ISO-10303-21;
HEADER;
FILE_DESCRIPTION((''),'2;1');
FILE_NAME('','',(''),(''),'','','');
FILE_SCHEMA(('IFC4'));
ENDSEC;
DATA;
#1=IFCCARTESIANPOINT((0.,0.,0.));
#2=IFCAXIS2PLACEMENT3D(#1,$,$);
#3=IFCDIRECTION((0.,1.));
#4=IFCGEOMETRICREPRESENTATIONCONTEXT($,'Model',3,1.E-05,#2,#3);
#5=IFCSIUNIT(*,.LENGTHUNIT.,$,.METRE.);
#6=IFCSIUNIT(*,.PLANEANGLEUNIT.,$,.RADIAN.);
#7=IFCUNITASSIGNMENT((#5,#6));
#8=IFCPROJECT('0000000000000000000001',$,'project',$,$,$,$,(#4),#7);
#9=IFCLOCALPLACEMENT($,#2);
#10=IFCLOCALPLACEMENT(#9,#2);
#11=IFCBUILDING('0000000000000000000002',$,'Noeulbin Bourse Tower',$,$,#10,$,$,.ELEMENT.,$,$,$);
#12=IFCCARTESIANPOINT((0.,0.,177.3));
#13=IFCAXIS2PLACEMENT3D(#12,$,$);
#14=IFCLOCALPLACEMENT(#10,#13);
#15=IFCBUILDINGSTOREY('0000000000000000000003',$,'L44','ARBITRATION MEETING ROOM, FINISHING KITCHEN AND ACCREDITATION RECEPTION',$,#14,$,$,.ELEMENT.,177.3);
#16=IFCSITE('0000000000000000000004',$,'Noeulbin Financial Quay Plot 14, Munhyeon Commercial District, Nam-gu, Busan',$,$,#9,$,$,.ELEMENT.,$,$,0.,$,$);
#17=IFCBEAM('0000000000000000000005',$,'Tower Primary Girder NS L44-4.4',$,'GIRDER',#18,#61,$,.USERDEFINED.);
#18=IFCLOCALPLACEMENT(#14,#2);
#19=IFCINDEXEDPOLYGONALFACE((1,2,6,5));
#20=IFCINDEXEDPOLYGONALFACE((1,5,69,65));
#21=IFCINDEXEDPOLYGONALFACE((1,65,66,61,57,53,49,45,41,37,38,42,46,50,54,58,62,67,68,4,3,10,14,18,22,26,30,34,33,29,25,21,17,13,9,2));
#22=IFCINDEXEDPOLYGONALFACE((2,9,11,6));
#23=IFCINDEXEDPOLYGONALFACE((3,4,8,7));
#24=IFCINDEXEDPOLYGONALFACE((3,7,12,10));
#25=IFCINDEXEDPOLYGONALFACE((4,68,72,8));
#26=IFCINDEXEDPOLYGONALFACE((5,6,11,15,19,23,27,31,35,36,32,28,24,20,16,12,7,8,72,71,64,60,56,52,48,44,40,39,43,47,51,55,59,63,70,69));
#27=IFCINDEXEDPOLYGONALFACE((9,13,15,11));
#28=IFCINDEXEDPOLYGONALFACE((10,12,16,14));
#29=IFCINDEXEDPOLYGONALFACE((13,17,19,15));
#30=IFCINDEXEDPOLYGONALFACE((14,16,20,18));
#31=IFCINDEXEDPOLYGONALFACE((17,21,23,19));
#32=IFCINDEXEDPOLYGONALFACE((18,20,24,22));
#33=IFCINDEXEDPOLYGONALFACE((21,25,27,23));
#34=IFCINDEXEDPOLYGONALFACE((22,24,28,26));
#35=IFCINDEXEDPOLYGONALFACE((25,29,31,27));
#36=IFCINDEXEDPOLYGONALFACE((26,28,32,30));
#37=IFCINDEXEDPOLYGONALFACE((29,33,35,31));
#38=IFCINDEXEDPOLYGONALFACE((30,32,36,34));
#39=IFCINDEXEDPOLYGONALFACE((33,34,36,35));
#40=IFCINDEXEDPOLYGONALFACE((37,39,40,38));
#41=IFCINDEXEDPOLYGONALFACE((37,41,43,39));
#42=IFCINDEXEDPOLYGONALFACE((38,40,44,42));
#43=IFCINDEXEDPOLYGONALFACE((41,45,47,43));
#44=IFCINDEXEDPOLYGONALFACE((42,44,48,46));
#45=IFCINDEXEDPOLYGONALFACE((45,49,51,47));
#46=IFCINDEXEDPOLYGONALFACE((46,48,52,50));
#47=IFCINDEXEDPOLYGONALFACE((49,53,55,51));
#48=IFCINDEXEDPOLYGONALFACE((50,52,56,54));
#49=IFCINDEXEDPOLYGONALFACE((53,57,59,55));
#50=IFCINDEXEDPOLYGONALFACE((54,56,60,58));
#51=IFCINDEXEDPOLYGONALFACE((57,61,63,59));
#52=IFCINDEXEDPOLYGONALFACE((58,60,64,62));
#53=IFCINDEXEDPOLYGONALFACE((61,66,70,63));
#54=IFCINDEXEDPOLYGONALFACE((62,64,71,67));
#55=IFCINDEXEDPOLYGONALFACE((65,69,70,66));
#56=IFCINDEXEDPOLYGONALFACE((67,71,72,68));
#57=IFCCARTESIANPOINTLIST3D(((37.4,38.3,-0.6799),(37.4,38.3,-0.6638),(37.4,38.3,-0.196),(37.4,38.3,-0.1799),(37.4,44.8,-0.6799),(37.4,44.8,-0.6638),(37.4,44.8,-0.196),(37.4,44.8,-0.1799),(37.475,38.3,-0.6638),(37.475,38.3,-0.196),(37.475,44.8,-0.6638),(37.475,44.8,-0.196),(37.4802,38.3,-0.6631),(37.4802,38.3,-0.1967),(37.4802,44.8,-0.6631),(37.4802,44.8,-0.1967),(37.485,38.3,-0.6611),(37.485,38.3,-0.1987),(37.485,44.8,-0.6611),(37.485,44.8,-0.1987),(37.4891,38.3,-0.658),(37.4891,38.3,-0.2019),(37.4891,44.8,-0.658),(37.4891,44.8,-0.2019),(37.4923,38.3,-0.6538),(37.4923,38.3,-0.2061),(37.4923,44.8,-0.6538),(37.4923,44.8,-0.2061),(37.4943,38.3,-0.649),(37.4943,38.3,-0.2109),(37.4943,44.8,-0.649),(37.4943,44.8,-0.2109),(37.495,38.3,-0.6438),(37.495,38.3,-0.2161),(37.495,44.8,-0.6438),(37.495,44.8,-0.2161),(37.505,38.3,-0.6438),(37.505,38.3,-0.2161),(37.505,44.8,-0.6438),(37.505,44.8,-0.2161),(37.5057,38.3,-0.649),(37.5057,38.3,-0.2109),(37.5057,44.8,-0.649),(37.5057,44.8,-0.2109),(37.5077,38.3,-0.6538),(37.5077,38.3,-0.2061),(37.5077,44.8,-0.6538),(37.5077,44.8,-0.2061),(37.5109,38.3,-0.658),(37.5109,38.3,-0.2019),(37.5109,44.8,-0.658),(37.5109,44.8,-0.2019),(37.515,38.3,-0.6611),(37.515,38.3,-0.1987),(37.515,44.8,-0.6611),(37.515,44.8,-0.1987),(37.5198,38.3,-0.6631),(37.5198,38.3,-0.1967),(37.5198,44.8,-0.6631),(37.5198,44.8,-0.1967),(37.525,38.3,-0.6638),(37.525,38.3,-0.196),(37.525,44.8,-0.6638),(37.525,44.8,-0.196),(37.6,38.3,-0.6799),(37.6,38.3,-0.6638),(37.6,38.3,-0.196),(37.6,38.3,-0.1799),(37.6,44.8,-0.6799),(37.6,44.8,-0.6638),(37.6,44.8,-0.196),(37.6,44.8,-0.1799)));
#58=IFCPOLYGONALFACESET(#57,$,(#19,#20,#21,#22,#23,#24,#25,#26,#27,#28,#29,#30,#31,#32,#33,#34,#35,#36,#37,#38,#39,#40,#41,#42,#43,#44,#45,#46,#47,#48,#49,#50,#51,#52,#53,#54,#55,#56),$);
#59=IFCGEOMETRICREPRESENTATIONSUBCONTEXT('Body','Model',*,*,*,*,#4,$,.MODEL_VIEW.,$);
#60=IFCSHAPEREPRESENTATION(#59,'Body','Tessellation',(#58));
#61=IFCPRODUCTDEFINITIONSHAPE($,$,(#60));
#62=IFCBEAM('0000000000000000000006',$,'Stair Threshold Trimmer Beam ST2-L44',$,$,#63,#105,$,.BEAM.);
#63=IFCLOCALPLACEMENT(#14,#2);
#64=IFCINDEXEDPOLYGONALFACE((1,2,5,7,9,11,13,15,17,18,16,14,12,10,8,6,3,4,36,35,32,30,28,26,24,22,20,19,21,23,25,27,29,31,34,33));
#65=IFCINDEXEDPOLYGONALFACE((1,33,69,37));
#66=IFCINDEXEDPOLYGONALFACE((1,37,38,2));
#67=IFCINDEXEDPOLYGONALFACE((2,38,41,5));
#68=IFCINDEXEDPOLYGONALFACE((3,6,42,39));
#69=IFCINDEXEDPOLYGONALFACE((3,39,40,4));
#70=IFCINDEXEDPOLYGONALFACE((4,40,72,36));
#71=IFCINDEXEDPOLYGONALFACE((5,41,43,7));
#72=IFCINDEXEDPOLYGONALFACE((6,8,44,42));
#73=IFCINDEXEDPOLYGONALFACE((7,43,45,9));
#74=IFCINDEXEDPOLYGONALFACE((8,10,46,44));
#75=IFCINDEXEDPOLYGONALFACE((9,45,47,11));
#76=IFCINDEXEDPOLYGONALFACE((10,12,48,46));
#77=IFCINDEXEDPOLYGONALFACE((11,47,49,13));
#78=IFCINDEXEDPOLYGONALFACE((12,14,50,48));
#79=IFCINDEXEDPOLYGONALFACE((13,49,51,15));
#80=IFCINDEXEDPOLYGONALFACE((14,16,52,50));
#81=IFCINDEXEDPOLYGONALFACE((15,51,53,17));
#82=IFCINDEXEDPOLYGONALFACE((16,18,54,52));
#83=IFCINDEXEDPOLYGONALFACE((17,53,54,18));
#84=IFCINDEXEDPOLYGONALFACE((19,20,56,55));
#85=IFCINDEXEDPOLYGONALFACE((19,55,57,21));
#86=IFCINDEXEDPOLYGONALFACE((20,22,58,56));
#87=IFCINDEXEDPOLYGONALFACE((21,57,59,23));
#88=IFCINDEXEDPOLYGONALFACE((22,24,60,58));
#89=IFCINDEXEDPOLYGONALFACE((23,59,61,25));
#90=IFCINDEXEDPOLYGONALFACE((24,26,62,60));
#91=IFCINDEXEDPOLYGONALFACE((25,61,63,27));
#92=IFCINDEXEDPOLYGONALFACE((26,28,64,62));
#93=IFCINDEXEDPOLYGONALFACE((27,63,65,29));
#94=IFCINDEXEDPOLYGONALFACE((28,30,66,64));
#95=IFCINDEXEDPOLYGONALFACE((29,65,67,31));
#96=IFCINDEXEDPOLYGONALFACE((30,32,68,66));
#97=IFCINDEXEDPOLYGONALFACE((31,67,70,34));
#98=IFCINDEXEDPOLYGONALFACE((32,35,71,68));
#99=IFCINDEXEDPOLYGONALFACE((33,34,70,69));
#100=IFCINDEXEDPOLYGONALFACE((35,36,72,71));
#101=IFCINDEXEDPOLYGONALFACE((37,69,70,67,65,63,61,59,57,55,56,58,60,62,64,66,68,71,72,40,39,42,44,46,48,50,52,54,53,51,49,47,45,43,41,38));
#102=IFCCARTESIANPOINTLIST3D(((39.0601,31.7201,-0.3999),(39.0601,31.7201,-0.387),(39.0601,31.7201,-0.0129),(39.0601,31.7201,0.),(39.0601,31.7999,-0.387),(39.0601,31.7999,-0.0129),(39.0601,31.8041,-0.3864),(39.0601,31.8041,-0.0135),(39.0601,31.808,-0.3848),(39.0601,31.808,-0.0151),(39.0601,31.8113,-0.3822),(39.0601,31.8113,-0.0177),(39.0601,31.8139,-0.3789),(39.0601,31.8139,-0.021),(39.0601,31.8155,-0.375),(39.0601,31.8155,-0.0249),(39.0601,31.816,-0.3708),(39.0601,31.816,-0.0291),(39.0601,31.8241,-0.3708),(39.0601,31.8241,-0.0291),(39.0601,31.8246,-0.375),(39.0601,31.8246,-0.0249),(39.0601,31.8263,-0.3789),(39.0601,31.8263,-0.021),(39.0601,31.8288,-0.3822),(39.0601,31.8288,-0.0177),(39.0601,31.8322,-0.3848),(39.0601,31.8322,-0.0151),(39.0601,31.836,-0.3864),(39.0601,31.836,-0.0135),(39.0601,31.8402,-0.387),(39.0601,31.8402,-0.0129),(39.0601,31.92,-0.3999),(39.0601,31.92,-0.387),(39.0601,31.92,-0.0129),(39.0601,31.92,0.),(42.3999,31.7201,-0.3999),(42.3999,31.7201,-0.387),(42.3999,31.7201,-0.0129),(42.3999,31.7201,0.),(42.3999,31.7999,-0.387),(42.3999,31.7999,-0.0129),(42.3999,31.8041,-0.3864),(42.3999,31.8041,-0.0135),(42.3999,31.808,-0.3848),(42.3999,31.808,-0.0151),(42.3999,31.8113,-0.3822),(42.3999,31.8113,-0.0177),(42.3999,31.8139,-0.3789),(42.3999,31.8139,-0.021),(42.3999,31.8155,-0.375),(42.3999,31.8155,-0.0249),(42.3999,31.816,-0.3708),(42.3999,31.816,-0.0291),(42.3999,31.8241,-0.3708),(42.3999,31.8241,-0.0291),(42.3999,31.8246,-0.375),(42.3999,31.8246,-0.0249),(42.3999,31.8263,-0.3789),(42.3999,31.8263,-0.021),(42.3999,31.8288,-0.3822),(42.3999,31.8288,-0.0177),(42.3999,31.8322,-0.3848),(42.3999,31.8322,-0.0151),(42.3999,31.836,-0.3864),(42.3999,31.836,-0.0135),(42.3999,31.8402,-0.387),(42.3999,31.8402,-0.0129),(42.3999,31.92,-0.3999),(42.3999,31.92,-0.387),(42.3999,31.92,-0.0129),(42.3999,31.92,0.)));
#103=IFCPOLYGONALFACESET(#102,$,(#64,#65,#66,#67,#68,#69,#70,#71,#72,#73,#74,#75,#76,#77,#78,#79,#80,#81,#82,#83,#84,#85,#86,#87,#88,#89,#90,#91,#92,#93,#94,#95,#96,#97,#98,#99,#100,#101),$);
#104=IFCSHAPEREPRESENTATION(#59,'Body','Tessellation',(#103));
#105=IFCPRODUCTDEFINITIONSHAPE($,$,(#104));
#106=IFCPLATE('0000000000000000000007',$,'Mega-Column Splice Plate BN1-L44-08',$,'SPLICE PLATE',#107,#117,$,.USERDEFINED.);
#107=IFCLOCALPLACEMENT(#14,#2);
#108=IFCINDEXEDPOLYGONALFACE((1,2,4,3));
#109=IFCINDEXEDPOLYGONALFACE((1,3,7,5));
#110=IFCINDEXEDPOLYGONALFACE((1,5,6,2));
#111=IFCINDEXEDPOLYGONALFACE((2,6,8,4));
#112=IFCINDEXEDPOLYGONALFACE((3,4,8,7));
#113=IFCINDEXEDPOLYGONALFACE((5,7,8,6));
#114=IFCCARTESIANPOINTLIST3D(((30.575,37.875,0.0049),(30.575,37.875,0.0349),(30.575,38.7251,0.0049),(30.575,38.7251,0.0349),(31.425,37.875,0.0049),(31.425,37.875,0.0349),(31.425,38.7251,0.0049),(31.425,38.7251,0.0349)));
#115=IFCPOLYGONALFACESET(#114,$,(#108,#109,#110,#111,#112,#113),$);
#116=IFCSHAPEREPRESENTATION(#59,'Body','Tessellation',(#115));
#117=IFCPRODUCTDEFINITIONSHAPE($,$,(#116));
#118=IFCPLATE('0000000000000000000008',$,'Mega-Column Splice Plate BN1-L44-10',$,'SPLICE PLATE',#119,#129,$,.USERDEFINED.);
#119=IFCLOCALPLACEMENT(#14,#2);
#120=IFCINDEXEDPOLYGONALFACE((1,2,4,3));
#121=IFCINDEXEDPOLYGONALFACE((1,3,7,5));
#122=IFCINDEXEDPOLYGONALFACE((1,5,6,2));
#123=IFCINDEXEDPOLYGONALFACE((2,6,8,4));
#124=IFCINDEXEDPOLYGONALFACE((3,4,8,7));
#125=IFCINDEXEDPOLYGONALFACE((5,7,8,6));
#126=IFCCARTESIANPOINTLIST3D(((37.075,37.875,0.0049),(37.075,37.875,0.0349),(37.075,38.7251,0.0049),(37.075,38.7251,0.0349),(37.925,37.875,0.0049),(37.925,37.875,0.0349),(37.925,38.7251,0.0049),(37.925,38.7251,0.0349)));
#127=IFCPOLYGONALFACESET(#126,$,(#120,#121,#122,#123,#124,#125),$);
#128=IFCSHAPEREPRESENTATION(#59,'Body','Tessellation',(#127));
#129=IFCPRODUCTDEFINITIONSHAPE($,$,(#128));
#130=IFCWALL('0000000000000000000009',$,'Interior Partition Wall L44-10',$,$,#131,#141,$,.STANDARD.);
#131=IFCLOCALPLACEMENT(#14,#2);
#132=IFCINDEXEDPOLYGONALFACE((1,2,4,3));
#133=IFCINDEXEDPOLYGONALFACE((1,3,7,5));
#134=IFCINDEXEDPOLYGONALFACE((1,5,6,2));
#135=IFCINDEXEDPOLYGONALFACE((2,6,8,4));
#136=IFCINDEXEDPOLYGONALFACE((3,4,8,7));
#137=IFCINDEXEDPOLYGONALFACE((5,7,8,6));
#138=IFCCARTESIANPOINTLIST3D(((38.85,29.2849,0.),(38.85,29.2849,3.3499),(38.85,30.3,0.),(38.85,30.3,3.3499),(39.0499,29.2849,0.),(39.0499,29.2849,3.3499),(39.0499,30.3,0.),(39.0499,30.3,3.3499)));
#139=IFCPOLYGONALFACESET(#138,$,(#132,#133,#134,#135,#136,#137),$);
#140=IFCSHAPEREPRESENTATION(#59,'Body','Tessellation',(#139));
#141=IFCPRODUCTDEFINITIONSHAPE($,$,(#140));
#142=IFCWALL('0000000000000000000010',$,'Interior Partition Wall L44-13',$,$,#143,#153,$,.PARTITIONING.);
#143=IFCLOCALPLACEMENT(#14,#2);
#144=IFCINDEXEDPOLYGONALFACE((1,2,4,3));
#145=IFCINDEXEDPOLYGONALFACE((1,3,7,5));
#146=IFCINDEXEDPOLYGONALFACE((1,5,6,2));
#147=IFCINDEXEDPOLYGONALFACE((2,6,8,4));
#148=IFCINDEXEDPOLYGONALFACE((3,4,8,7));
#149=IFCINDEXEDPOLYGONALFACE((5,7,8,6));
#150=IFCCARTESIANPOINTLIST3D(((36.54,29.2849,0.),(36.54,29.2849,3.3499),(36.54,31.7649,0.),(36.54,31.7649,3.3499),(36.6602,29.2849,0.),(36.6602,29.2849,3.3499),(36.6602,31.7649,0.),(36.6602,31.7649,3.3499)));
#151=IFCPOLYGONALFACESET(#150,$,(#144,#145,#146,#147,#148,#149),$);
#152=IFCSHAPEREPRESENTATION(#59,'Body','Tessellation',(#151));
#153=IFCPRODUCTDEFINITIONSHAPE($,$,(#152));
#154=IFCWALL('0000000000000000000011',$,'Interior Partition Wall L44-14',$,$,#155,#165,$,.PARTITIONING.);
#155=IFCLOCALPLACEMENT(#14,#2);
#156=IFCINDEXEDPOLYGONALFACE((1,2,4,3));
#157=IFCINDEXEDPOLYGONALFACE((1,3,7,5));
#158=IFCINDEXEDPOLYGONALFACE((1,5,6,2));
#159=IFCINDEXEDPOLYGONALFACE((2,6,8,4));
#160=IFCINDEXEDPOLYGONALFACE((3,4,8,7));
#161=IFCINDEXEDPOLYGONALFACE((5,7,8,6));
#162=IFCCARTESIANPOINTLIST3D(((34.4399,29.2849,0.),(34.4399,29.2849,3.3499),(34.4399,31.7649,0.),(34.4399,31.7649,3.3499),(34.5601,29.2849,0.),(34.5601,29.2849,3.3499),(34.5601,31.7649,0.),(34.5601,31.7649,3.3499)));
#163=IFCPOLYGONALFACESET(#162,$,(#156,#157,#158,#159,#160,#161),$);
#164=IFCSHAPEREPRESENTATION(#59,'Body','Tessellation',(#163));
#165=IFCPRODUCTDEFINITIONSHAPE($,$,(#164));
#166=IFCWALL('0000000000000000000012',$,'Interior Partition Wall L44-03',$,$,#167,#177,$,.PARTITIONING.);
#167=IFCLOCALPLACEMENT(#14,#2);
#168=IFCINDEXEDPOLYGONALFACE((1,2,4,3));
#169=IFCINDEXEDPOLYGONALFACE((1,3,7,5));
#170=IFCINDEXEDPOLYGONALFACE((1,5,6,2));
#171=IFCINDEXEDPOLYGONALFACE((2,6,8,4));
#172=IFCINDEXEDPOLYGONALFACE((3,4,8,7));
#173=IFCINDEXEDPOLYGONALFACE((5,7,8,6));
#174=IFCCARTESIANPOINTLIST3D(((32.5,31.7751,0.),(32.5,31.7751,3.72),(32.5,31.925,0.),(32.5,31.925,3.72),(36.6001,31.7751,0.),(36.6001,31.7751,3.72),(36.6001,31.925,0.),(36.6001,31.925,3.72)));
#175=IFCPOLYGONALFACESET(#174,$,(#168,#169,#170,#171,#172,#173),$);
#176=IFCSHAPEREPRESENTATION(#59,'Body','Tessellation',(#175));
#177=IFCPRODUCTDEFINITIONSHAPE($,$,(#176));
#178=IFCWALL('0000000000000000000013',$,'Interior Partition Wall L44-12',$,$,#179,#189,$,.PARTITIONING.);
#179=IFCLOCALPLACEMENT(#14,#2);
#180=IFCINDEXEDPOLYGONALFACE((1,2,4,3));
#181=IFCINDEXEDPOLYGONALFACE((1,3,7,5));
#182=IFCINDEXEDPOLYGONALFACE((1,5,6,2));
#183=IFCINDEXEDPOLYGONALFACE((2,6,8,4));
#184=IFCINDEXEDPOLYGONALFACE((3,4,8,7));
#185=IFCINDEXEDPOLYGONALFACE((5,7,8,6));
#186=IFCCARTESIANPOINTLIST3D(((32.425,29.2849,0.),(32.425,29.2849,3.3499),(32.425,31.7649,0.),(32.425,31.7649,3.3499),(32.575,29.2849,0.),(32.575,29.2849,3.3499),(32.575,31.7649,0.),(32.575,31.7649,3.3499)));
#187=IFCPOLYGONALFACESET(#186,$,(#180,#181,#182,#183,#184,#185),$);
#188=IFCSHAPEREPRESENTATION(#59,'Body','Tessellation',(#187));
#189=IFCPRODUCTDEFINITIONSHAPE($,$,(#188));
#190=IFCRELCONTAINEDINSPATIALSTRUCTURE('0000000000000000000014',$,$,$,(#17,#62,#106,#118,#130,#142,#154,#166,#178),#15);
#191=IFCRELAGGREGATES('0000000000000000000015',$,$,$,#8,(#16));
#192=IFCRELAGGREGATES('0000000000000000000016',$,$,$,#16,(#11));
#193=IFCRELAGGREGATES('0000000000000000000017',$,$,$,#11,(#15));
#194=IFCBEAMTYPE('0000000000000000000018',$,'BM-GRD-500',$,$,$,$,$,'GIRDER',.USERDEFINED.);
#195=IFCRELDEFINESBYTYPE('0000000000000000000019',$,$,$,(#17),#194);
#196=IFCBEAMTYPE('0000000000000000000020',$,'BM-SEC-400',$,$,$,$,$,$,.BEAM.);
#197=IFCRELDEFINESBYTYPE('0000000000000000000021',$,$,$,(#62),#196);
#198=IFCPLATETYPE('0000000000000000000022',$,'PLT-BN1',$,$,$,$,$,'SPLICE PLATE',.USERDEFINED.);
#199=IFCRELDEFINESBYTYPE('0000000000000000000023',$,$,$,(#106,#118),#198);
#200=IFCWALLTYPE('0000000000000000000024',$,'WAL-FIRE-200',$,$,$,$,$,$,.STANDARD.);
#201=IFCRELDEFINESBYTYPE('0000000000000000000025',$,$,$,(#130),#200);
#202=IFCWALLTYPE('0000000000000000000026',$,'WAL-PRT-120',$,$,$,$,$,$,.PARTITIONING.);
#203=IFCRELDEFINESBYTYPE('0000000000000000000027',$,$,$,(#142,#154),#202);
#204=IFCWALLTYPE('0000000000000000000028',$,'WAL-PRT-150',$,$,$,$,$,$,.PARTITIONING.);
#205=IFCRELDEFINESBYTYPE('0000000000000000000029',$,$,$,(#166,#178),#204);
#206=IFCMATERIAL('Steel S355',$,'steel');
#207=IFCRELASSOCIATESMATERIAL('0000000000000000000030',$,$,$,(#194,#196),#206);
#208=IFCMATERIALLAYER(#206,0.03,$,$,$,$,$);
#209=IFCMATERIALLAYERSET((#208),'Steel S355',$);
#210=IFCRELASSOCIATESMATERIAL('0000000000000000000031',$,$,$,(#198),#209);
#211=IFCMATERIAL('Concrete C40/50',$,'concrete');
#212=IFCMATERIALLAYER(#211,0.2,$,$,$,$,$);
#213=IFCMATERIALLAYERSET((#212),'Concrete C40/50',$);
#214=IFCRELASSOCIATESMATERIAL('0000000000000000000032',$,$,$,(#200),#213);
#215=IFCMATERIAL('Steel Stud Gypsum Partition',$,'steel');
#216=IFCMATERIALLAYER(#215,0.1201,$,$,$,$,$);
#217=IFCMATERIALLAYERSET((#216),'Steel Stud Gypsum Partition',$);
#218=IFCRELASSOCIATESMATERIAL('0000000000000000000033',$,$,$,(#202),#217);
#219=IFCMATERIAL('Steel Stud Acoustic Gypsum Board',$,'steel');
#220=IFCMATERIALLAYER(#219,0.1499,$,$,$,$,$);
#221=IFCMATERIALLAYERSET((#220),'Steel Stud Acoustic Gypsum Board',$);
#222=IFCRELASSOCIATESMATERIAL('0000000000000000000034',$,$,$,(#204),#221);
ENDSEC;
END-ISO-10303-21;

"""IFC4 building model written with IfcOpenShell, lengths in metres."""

from ifc_helpers import new_model, si_unit, direction, frame, frame_2d, origin, origin_2d, place, context, subcontext, project, spatial, rectangle, i_section, extrude, material, layer, layer_set, material_profile, profile_set, type_object, element, save


model = new_model("IFC4")

# Units and contexts
model_context = context("Model", 3, precision=1e-05, world=origin(), true_north=direction((0.0, 1.0)))
body_context = subcontext(model_context, "Body", "Model", "MODEL_VIEW")
ifc_project = project(units=[si_unit("LENGTHUNIT", "METRE"), si_unit("PLANEANGLEUNIT", "RADIAN")], contexts=[model_context])

# Site, building, storey
site_placement = place(None, origin())
site = spatial("IfcSite", under=ifc_project, at=site_placement, Name="Noeulbin Financial Quay Plot 14, Munhyeon Commercial District, Nam-gu, Busan", CompositionType="ELEMENT", RefElevation=0.0)
building_placement = place(site_placement, origin())
building = spatial("IfcBuilding", under=site, at=building_placement, Name="Noeulbin Bourse Tower", CompositionType="ELEMENT")
storey_placement = place(building_placement, frame((0.0, 0.0, 177.3)))
storey = spatial("IfcBuildingStorey", under=building, at=storey_placement, Name="L44", Description="ARBITRATION MEETING ROOM, FINISHING KITCHEN AND ACCREDITATION RECEPTION", CompositionType="ELEMENT", Elevation=177.3)

# Beams
ifc_material_1 = material(Name="Steel S355", Category="steel")
ifc_material_profile_1 = material_profile(ifc_material_1, i_section(OverallWidth=0.2, OverallDepth=0.5, WebThickness=0.01, FlangeThickness=0.0161, FilletRadius=0.02, at=origin_2d()), Name="H-500x200x10x16", Category="LoadBearing")
ifc_profile_set_1 = profile_set([ifc_material_profile_1], Name="Steel S355")
beam_type_1 = type_object("IfcBeamType", Name="BM-GRD-500", ElementType="GIRDER", PredefinedType="USERDEFINED", material=ifc_profile_set_1)
for number, where, z_axis, x_axis, name in (
    (1, (37.5, 38.3, -0.4299), (0.0, 1.0, 0.0), (-1.0, 0.0, 0.0), "Tower Primary Girder NS L44-4.4"),
):
    element("IfcBeam", number, at=place(storey_placement, frame(where, z_axis=z_axis, x_axis=x_axis)), inside=storey, type_object=beam_type_1, Name=name, ObjectType="GIRDER", PredefinedType="USERDEFINED", context=body_context, shape_type="SweptSolid", body=[
        extrude(i_section(OverallWidth=0.2, OverallDepth=0.5, WebThickness=0.01, FlangeThickness=0.0161, FilletRadius=0.02, at=origin_2d()), origin(), (0.0, 0.0, 1.0), 6.5),
    ])
ifc_material_profile_2 = material_profile(ifc_material_1, i_section(OverallWidth=0.2, OverallDepth=0.3999, WebThickness=0.0081, FlangeThickness=0.0129, FilletRadius=0.0161, at=origin_2d()), Name="H-400x200x8x13", Category="LoadBearing")
ifc_profile_set_2 = profile_set([ifc_material_profile_2], Name="Steel S355")
beam_type_2 = type_object("IfcBeamType", Name="BM-SEC-400", PredefinedType="BEAM", material=ifc_profile_set_2)
beam_placement = place(storey_placement, frame((39.0601, 31.8201, -0.2), z_axis=(1.0, 0.0, 0.0), x_axis=(0.0, 1.0, 0.0)))
element("IfcBeam", 2, at=beam_placement, inside=storey, type_object=beam_type_2, Name="Stair Threshold Trimmer Beam ST2-L44", PredefinedType="BEAM", context=body_context, shape_type="SweptSolid", body=[
    extrude(i_section(OverallWidth=0.2, OverallDepth=0.3999, WebThickness=0.0081, FlangeThickness=0.0129, FilletRadius=0.0161, at=origin_2d()), origin(), (0.0, 0.0, 1.0), 3.3398),
])

# Plates
ifc_layer_1 = layer(ifc_material_1, 0.03)
ifc_layer_set_1 = layer_set([ifc_layer_1], Name="Steel S355")
plate_type = type_object("IfcPlateType", Name="PLT-BN1", ElementType="SPLICE PLATE", PredefinedType="USERDEFINED", material=ifc_layer_set_1)
for number, where, z_axis, x_axis, name in (
    (3, (31.0, 38.3, 0.0049), (0.0, 0.0, 1.0), (1.0, 0.0, 0.0), "Mega-Column Splice Plate BN1-L44-08"),
    (4, (37.5, 38.3, 0.0049), (0.0, 0.0, 1.0), (1.0, 0.0, 0.0), "Mega-Column Splice Plate BN1-L44-10"),
):
    element("IfcPlate", number, at=place(storey_placement, frame(where, z_axis=z_axis, x_axis=x_axis)), inside=storey, type_object=plate_type, Name=name, ObjectType="SPLICE PLATE", PredefinedType="USERDEFINED", context=body_context, shape_type="SweptSolid", body=[
        extrude(rectangle(XDim=0.8501, YDim=0.8501, at=origin_2d()), origin(), (0.0, 0.0, 1.0), 0.03),
    ])

# Walls
ifc_material_2 = material(Name="Concrete C40/50", Category="concrete")
ifc_layer_2 = layer(ifc_material_2, 0.2)
ifc_layer_set_2 = layer_set([ifc_layer_2], Name="Concrete C40/50")
wall_type_1 = type_object("IfcWallType", Name="WAL-FIRE-200", PredefinedType="STANDARD", material=ifc_layer_set_2)
wall_1_placement = place(storey_placement, frame((38.95, 29.2849, 0.0), z_axis=(0.0, 0.0, 1.0), x_axis=(0.0, 1.0, 0.0)))
element("IfcWall", 5, at=wall_1_placement, inside=storey, type_object=wall_type_1, Name="Interior Partition Wall L44-10", PredefinedType="STANDARD", context=body_context, shape_type="SweptSolid", body=[
    extrude(rectangle(XDim=1.0151, YDim=0.2, at=frame_2d((0.5076, 0.0))), origin(), (0.0, 0.0, 1.0), 3.3499),
])
ifc_material_3 = material(Name="Steel Stud Gypsum Partition", Category="steel")
ifc_layer_3 = layer(ifc_material_3, 0.1201)
ifc_layer_set_3 = layer_set([ifc_layer_3], Name="Steel Stud Gypsum Partition")
wall_type_2 = type_object("IfcWallType", Name="WAL-PRT-120", PredefinedType="PARTITIONING", material=ifc_layer_set_3)
for number, where, z_axis, x_axis, name in (
    (6, (36.6001, 29.2849, 0.0), (0.0, 0.0, 1.0), (0.0, 1.0, 0.0), "Interior Partition Wall L44-13"),
    (7, (34.5, 29.2849, 0.0), (0.0, 0.0, 1.0), (0.0, 1.0, 0.0), "Interior Partition Wall L44-14"),
):
    element("IfcWall", number, at=place(storey_placement, frame(where, z_axis=z_axis, x_axis=x_axis)), inside=storey, type_object=wall_type_2, Name=name, PredefinedType="PARTITIONING", context=body_context, shape_type="SweptSolid", body=[
        extrude(rectangle(XDim=2.48, YDim=0.1201, at=frame_2d((1.24, 0.0))), origin(), (0.0, 0.0, 1.0), 3.3499),
    ])
ifc_material_4 = material(Name="Steel Stud Acoustic Gypsum Board", Category="steel")
ifc_layer_4 = layer(ifc_material_4, 0.1499)
ifc_layer_set_4 = layer_set([ifc_layer_4], Name="Steel Stud Acoustic Gypsum Board")
wall_type_3 = type_object("IfcWallType", Name="WAL-PRT-150", PredefinedType="PARTITIONING", material=ifc_layer_set_4)
wall_2_placement = place(storey_placement, frame((32.5, 31.8501, 0.0), z_axis=(0.0, 0.0, 1.0), x_axis=(1.0, 0.0, 0.0)))
element("IfcWall", 8, at=wall_2_placement, inside=storey, type_object=wall_type_3, Name="Interior Partition Wall L44-03", PredefinedType="PARTITIONING", context=body_context, shape_type="SweptSolid", body=[
    extrude(rectangle(XDim=4.1001, YDim=0.1499, at=frame_2d((2.05, 0.0))), origin(), (0.0, 0.0, 1.0), 3.72),
])
wall_3_placement = place(storey_placement, frame((32.5, 29.2849, 0.0), z_axis=(0.0, 0.0, 1.0), x_axis=(0.0, 1.0, 0.0)))
element("IfcWall", 9, at=wall_3_placement, inside=storey, type_object=wall_type_3, Name="Interior Partition Wall L44-12", PredefinedType="PARTITIONING", context=body_context, shape_type="SweptSolid", body=[
    extrude(rectangle(XDim=2.48, YDim=0.1499, at=frame_2d((1.24, 0.0))), origin(), (0.0, 0.0, 1.0), 3.3499),
])

save(model, "model.ifc")
